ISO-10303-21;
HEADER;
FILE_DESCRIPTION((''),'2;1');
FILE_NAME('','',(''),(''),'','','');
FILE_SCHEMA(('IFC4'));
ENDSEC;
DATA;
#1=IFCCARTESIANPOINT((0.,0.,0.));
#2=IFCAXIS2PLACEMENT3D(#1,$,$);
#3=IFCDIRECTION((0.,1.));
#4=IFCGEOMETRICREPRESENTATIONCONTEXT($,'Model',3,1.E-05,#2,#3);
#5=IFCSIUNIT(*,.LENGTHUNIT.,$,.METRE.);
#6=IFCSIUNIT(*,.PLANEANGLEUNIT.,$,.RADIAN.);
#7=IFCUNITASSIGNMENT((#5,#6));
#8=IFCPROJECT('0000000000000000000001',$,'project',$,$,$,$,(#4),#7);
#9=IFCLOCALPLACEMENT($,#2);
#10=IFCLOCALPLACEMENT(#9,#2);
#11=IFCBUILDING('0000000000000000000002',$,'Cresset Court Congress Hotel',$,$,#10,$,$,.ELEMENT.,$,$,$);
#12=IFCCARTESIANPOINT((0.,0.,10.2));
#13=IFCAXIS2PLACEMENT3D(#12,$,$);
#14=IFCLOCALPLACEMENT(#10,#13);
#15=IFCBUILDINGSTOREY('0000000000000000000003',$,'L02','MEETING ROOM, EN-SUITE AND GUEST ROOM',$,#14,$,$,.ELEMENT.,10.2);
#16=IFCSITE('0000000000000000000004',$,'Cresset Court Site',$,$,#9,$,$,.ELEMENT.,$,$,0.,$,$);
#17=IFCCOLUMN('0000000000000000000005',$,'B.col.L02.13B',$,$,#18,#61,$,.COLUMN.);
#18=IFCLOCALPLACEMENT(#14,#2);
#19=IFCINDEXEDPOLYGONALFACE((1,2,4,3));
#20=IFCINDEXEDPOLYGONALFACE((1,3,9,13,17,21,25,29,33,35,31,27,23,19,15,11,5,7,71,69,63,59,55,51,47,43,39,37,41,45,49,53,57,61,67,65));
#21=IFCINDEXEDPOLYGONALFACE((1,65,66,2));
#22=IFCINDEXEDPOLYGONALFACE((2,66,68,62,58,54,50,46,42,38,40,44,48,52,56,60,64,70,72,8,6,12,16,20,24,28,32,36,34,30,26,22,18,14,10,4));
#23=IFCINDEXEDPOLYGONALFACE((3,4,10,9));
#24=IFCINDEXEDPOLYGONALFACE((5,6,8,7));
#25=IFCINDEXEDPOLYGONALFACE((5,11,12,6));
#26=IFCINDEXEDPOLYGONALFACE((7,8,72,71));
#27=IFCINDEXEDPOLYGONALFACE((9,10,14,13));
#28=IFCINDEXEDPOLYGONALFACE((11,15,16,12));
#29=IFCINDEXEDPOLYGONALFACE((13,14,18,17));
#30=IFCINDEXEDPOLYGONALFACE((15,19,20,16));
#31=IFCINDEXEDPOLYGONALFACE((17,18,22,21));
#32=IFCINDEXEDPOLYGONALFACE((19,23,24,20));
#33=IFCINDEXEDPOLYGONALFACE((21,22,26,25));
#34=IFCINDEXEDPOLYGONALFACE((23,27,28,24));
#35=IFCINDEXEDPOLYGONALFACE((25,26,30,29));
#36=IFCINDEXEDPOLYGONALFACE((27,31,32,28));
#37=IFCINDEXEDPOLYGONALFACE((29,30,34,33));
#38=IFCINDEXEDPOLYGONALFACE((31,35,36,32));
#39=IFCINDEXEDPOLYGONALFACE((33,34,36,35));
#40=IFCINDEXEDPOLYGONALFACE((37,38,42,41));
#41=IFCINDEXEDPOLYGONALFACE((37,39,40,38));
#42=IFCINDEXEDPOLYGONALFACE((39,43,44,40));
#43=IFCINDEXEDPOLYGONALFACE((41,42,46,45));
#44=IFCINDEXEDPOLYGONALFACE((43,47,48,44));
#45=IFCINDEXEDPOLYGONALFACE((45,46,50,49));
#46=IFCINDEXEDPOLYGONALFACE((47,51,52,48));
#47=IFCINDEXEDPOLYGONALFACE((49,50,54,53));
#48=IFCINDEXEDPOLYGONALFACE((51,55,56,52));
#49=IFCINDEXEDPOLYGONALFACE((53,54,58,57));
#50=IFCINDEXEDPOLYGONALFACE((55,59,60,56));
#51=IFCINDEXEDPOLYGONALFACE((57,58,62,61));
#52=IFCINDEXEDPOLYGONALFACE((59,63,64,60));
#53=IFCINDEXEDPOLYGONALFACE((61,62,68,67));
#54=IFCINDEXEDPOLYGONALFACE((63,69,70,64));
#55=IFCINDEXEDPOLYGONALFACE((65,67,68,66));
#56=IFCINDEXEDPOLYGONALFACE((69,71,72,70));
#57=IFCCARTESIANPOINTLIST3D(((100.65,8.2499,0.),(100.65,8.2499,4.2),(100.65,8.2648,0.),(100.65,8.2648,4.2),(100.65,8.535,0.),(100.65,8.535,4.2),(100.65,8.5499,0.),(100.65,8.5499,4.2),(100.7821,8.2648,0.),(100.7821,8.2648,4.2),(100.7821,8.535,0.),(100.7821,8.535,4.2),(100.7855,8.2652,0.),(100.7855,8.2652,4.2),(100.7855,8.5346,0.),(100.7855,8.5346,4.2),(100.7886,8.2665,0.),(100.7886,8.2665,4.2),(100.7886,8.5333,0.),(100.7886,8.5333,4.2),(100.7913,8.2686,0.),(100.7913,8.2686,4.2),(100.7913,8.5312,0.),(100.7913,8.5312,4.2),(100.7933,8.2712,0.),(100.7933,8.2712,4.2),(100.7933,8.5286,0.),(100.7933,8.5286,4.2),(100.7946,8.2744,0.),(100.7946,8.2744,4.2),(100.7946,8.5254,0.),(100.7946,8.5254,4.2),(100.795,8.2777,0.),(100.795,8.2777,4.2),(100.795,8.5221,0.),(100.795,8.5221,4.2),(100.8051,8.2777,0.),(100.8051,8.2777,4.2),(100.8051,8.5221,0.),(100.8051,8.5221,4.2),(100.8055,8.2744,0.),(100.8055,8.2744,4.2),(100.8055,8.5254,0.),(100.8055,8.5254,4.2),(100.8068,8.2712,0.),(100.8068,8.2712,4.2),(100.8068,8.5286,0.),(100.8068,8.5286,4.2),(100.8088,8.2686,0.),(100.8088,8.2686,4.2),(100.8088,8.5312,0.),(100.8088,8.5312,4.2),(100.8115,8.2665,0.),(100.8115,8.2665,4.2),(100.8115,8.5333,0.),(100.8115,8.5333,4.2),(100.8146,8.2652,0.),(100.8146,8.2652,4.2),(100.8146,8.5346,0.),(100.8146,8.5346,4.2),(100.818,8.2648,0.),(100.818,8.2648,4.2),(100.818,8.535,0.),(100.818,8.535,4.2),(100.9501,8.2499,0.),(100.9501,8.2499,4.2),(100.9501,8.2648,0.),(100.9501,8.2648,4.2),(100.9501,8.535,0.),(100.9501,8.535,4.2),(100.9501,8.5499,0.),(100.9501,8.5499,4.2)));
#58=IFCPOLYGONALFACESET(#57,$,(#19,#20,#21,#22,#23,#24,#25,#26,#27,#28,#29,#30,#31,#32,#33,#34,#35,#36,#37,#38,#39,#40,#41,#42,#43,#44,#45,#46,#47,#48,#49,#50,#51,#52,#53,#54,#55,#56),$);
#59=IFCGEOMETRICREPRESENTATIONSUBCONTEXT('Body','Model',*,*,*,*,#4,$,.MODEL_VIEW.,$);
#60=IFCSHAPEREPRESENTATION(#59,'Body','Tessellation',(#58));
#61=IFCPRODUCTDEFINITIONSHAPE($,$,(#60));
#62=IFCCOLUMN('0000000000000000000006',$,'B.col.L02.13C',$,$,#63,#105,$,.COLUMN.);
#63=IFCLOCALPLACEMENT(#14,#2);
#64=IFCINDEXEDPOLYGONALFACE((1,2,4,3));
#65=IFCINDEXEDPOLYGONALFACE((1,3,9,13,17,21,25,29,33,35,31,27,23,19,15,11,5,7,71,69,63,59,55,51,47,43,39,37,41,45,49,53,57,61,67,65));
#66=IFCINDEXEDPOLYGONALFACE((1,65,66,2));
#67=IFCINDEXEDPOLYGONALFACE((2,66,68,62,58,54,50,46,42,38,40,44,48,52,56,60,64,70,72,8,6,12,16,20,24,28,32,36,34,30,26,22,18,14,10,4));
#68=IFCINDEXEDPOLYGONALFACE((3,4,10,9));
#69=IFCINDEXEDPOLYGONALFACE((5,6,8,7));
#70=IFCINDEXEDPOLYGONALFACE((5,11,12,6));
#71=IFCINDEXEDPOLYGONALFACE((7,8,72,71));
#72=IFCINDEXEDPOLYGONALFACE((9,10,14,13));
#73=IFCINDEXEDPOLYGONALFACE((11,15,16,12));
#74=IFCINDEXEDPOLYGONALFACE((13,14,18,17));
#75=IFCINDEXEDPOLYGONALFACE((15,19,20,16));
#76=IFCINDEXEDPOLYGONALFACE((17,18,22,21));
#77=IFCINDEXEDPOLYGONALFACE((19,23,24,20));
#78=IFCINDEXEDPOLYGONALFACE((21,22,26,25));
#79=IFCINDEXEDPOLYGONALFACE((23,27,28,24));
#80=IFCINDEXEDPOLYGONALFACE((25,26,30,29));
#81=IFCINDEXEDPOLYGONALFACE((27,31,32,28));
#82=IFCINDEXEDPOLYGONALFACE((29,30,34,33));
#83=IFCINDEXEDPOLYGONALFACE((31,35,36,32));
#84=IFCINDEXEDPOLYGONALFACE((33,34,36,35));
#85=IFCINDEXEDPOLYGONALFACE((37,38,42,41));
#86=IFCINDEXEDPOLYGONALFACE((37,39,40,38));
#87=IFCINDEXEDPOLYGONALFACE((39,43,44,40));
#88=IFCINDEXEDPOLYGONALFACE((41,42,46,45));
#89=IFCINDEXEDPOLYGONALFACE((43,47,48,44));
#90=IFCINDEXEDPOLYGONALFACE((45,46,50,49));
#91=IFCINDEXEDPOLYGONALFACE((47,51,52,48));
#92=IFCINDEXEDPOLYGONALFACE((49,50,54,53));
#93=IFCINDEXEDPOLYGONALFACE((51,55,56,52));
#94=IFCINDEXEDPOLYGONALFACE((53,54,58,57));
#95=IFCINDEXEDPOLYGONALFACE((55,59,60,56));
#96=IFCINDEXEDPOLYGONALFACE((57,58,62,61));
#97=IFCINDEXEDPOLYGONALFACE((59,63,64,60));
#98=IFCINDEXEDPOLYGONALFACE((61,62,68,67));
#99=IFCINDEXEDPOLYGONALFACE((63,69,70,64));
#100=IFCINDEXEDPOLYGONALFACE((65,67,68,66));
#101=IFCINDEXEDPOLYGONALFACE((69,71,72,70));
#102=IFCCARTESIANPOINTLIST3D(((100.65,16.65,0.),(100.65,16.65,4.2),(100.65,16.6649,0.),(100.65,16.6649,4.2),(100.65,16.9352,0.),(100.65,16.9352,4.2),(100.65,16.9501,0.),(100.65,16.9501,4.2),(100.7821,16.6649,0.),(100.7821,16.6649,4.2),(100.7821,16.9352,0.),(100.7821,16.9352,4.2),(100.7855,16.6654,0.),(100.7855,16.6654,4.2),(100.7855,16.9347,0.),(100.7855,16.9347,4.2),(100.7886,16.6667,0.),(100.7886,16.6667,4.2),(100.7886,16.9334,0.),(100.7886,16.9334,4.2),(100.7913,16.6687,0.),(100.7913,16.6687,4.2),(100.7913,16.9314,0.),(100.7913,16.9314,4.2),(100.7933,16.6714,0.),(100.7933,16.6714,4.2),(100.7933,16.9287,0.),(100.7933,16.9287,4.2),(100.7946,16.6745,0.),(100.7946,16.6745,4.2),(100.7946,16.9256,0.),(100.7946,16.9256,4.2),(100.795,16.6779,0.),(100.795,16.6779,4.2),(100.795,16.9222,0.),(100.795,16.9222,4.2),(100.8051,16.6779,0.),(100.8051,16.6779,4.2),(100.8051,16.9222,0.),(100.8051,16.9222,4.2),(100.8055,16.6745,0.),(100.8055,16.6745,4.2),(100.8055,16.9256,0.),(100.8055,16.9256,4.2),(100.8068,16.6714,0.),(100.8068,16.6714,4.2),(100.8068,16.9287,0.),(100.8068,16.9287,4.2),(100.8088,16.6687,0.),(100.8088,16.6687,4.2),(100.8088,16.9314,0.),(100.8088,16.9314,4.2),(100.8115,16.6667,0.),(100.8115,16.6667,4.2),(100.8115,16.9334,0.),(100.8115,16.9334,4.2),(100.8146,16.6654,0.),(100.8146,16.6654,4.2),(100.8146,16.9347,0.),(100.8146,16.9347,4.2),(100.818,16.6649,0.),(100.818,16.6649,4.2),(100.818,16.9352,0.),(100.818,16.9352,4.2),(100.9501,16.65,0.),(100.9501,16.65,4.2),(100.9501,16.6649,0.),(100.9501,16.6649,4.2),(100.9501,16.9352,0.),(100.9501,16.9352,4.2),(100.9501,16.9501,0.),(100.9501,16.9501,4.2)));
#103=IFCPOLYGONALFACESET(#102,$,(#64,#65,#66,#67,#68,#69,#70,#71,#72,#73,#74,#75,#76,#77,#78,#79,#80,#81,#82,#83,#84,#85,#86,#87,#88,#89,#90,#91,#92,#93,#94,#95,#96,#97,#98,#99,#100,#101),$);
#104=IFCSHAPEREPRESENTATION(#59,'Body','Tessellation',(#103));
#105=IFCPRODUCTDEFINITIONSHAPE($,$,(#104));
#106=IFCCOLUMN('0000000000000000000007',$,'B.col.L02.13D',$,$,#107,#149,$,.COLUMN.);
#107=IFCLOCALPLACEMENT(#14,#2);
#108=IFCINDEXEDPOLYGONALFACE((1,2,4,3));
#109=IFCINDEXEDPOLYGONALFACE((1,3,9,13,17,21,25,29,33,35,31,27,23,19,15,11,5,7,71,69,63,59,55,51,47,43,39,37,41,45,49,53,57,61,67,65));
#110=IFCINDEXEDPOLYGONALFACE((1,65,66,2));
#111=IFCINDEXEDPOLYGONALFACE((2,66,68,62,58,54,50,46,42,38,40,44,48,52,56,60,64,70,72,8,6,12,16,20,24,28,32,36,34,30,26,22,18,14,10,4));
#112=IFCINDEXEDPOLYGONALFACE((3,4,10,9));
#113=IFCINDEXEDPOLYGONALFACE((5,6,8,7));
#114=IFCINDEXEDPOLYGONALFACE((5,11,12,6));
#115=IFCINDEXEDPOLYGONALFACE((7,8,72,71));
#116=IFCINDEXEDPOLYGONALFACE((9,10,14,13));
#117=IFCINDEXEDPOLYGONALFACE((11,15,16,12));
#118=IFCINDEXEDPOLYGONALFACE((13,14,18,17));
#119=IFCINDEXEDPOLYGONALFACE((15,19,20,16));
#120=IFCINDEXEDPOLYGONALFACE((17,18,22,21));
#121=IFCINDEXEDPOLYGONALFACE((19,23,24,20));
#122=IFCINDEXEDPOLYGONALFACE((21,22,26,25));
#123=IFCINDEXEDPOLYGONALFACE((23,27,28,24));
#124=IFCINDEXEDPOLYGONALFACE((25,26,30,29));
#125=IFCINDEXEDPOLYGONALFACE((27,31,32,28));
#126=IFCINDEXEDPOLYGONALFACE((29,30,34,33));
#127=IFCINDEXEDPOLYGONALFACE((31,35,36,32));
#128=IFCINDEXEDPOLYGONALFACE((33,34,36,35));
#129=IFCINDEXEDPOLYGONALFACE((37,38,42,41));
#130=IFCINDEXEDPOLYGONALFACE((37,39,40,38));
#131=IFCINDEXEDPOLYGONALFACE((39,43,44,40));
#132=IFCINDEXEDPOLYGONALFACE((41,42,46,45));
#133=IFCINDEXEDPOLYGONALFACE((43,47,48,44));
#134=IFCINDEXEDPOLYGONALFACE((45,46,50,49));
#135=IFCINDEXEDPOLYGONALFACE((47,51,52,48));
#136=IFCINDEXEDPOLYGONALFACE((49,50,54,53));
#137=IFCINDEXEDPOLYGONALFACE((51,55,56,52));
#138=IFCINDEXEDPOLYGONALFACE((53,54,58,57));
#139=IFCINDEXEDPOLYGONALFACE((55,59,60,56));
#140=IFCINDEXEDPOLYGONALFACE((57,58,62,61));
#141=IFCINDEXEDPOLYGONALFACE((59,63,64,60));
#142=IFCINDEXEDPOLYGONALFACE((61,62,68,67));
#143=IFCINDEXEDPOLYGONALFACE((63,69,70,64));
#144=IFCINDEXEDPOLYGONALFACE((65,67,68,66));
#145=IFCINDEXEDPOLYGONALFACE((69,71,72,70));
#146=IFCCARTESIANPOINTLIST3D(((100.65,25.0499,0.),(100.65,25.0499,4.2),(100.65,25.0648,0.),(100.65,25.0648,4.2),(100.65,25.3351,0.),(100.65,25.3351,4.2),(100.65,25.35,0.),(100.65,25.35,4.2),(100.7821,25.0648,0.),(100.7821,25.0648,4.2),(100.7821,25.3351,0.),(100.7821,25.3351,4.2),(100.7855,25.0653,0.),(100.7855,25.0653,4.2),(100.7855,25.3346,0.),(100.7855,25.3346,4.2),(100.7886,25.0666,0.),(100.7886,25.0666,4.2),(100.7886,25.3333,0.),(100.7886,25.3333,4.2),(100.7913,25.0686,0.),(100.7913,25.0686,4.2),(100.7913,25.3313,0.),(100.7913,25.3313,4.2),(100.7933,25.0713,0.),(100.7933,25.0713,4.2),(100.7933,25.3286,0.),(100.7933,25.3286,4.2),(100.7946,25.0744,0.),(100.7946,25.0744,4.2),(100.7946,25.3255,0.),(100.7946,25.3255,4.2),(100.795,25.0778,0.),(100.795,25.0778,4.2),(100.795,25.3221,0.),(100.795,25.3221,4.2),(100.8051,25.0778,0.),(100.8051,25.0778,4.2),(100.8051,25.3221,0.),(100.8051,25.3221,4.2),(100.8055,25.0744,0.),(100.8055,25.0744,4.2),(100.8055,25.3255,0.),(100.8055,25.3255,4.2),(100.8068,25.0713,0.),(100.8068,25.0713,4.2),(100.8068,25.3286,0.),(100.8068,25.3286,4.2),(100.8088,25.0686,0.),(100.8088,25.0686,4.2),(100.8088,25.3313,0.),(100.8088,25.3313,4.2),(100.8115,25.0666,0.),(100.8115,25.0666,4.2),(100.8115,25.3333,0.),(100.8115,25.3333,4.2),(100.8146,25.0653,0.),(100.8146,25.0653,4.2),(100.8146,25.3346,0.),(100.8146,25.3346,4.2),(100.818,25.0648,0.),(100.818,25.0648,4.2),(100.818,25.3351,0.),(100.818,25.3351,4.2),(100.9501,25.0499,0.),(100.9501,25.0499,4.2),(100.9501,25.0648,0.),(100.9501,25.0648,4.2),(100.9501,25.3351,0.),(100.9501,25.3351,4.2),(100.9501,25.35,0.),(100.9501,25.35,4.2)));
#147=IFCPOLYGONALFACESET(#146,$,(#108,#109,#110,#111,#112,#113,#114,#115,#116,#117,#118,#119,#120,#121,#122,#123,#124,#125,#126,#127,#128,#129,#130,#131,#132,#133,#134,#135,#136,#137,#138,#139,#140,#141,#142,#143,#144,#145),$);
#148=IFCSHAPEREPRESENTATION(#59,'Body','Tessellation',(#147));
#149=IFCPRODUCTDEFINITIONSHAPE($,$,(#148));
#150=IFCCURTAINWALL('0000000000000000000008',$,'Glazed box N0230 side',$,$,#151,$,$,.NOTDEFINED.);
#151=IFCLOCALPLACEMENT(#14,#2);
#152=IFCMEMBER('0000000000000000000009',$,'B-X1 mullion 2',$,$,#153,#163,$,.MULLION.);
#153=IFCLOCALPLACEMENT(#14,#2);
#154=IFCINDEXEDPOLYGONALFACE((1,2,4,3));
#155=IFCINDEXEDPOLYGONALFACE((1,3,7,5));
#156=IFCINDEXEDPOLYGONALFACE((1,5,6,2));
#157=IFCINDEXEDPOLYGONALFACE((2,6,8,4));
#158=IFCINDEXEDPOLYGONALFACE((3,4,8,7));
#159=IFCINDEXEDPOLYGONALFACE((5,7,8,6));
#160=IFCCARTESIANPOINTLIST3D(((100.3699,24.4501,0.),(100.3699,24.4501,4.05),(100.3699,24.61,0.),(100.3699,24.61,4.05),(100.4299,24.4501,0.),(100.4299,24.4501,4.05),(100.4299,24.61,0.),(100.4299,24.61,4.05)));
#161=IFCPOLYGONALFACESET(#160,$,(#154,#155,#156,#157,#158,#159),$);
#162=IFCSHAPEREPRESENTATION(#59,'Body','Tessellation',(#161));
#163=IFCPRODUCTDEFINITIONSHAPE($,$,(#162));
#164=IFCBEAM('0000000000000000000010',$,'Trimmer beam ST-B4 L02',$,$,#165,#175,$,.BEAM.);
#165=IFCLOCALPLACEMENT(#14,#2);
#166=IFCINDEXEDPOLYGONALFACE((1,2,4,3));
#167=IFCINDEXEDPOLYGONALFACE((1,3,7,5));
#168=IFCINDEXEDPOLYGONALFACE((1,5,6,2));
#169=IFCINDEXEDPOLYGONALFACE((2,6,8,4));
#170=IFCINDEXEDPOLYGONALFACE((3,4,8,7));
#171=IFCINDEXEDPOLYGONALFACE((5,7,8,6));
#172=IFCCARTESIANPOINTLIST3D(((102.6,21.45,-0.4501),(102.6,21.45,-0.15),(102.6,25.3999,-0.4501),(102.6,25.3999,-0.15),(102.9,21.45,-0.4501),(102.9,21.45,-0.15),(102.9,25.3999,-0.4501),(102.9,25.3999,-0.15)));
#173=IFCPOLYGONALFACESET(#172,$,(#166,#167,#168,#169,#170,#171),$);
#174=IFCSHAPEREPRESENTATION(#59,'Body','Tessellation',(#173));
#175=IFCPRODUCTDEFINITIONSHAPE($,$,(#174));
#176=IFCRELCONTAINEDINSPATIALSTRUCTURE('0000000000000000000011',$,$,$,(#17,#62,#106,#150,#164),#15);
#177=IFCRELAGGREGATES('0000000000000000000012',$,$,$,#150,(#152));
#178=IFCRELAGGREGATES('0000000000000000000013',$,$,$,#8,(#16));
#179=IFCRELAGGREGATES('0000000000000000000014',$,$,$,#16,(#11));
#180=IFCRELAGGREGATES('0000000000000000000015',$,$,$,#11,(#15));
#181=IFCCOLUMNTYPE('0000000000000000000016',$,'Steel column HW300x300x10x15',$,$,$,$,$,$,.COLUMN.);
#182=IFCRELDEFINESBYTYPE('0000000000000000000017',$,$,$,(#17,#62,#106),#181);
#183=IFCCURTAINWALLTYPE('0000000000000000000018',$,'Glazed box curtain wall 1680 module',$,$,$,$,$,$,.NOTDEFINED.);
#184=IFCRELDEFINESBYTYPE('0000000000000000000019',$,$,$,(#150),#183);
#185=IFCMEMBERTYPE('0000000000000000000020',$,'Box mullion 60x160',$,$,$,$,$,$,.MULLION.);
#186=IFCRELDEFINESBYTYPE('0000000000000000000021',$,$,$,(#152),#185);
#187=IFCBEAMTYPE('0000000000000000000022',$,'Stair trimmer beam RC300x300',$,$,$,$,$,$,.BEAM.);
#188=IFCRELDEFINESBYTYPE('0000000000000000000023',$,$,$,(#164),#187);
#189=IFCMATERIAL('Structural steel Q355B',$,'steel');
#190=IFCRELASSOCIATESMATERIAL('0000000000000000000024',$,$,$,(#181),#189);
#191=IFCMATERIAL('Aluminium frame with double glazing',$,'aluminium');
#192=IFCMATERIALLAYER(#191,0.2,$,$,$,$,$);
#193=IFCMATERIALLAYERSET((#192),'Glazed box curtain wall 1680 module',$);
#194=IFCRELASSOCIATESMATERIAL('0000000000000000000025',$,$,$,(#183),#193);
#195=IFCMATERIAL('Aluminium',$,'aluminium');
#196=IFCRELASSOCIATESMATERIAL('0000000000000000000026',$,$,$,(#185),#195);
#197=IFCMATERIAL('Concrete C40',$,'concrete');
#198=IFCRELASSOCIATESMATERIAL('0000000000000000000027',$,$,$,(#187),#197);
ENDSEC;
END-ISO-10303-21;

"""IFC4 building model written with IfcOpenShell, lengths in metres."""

from ifc_helpers import new_model, si_unit, direction, frame, origin, origin_2d, place, context, subcontext, project, spatial, rectangle, i_section, extrude, material, layer, layer_set, material_profile, profile_set, type_object, element, aggregate, save


model = new_model("IFC4")

# Units and contexts
model_context = context("Model", 3, precision=1e-05, world=origin(), true_north=direction((0.0, 1.0)))
body_context = subcontext(model_context, "Body", "Model", "MODEL_VIEW")
ifc_project = project(units=[si_unit("LENGTHUNIT", "METRE"), si_unit("PLANEANGLEUNIT", "RADIAN")], contexts=[model_context])

# Site, building, storey
site_placement = place(None, origin())
site = spatial("IfcSite", under=ifc_project, at=site_placement, Name="Cresset Court Site", CompositionType="ELEMENT", RefElevation=0.0)
building_placement = place(site_placement, origin())
building = spatial("IfcBuilding", under=site, at=building_placement, Name="Cresset Court Congress Hotel", CompositionType="ELEMENT")
storey_placement = place(building_placement, frame((0.0, 0.0, 10.2)))
storey = spatial("IfcBuildingStorey", under=building, at=storey_placement, Name="L02", Description="MEETING ROOM, EN-SUITE AND GUEST ROOM", CompositionType="ELEMENT", Elevation=10.2)

# Columns
ifc_material_1 = material(Name="Structural steel Q355B", Category="steel")
ifc_material_profile_1 = material_profile(ifc_material_1, i_section(OverallWidth=0.3, OverallDepth=0.3, WebThickness=0.01, FlangeThickness=0.0149, FilletRadius=0.0129, at=origin_2d()), Name="HW300x300x10x15")
ifc_profile_set_1 = profile_set([ifc_material_profile_1], Name="Structural steel Q355B")
column_type = type_object("IfcColumnType", Name="Steel column HW300x300x10x15", PredefinedType="COLUMN", material=ifc_profile_set_1)
for number, where, z_axis, x_axis, name in (
    (1, (100.8, 8.3999, 0.0), (0.0, 0.0, 1.0), (1.0, 0.0, 0.0), "B.col.L02.13B"),
    (2, (100.8, 16.8, 0.0), (0.0, 0.0, 1.0), (1.0, 0.0, 0.0), "B.col.L02.13C"),
    (3, (100.8, 25.2, 0.0), (0.0, 0.0, 1.0), (1.0, 0.0, 0.0), "B.col.L02.13D"),
):
    element("IfcColumn", number, at=place(storey_placement, frame(where, z_axis=z_axis, x_axis=x_axis)), inside=storey, type_object=column_type, Name=name, PredefinedType="COLUMN", context=body_context, shape_type="SweptSolid", body=[
        extrude(i_section(OverallWidth=0.3, OverallDepth=0.3, WebThickness=0.01, FlangeThickness=0.0149, FilletRadius=0.0129, at=origin_2d()), origin(), (0.0, 0.0, 1.0), 4.2),
    ])

# Curtain wall, member
ifc_material_2 = material(Name="Aluminium frame with double glazing", Category="aluminium")
ifc_layer_1 = layer(ifc_material_2, 0.2)
ifc_layer_set_1 = layer_set([ifc_layer_1], Name="Glazed box curtain wall 1680 module")
curtain_wall_type = type_object("IfcCurtainWallType", Name="Glazed box curtain wall 1680 module", PredefinedType="NOTDEFINED", material=ifc_layer_set_1)
curtain_wall_placement = place(storey_placement, origin())
curtain_wall = element("IfcCurtainWall", 4, at=curtain_wall_placement, inside=storey, type_object=curtain_wall_type, Name="Glazed box N0230 side", PredefinedType="NOTDEFINED")
ifc_material_3 = material(Name="Aluminium", Category="aluminium")
ifc_material_profile_2 = material_profile(ifc_material_3, rectangle(XDim=0.0601, YDim=0.1599, at=origin_2d()), Name="Box mullion 60x160")
ifc_profile_set_2 = profile_set([ifc_material_profile_2], Name="Aluminium")
member_type_1 = type_object("IfcMemberType", Name="Box mullion 60x160", PredefinedType="MULLION", material=ifc_profile_set_2)
member_1_placement = place(storey_placement, frame((100.3999, 24.53, 0.0), z_axis=(0.0, 0.0, 1.0), x_axis=(1.0, 0.0, 0.0)))
member_1 = element("IfcMember", 5, at=member_1_placement, type_object=member_type_1, Name="B-X1 mullion 2", PredefinedType="MULLION", context=body_context, shape_type="SweptSolid", body=[
    extrude(rectangle(XDim=0.0601, YDim=0.1599, at=origin_2d()), origin(), (0.0, 0.0, 1.0), 4.05),
])

# Beam
ifc_material_4 = material(Name="Concrete C40", Category="concrete")
ifc_material_profile_3 = material_profile(ifc_material_4, rectangle(XDim=0.3, YDim=0.3, at=origin_2d()), Name="RC300x300")
ifc_profile_set_3 = profile_set([ifc_material_profile_3], Name="Concrete C40")
beam_type_1 = type_object("IfcBeamType", Name="Stair trimmer beam RC300x300", PredefinedType="BEAM", material=ifc_profile_set_3)
beam_1_placement = place(storey_placement, frame((102.75, 21.45, -0.3), z_axis=(0.0, 1.0, 0.0), x_axis=(-1.0, 0.0, 0.0)))
element("IfcBeam", 6, at=beam_1_placement, inside=storey, type_object=beam_type_1, Name="Trimmer beam ST-B4 L02", PredefinedType="BEAM", context=body_context, shape_type="SweptSolid", body=[
    extrude(rectangle(XDim=0.3, YDim=0.3, at=origin_2d()), origin(), (0.0, 0.0, 1.0), 3.95),
])

aggregate(curtain_wall, [member_1])

save(model, "model.ifc")
